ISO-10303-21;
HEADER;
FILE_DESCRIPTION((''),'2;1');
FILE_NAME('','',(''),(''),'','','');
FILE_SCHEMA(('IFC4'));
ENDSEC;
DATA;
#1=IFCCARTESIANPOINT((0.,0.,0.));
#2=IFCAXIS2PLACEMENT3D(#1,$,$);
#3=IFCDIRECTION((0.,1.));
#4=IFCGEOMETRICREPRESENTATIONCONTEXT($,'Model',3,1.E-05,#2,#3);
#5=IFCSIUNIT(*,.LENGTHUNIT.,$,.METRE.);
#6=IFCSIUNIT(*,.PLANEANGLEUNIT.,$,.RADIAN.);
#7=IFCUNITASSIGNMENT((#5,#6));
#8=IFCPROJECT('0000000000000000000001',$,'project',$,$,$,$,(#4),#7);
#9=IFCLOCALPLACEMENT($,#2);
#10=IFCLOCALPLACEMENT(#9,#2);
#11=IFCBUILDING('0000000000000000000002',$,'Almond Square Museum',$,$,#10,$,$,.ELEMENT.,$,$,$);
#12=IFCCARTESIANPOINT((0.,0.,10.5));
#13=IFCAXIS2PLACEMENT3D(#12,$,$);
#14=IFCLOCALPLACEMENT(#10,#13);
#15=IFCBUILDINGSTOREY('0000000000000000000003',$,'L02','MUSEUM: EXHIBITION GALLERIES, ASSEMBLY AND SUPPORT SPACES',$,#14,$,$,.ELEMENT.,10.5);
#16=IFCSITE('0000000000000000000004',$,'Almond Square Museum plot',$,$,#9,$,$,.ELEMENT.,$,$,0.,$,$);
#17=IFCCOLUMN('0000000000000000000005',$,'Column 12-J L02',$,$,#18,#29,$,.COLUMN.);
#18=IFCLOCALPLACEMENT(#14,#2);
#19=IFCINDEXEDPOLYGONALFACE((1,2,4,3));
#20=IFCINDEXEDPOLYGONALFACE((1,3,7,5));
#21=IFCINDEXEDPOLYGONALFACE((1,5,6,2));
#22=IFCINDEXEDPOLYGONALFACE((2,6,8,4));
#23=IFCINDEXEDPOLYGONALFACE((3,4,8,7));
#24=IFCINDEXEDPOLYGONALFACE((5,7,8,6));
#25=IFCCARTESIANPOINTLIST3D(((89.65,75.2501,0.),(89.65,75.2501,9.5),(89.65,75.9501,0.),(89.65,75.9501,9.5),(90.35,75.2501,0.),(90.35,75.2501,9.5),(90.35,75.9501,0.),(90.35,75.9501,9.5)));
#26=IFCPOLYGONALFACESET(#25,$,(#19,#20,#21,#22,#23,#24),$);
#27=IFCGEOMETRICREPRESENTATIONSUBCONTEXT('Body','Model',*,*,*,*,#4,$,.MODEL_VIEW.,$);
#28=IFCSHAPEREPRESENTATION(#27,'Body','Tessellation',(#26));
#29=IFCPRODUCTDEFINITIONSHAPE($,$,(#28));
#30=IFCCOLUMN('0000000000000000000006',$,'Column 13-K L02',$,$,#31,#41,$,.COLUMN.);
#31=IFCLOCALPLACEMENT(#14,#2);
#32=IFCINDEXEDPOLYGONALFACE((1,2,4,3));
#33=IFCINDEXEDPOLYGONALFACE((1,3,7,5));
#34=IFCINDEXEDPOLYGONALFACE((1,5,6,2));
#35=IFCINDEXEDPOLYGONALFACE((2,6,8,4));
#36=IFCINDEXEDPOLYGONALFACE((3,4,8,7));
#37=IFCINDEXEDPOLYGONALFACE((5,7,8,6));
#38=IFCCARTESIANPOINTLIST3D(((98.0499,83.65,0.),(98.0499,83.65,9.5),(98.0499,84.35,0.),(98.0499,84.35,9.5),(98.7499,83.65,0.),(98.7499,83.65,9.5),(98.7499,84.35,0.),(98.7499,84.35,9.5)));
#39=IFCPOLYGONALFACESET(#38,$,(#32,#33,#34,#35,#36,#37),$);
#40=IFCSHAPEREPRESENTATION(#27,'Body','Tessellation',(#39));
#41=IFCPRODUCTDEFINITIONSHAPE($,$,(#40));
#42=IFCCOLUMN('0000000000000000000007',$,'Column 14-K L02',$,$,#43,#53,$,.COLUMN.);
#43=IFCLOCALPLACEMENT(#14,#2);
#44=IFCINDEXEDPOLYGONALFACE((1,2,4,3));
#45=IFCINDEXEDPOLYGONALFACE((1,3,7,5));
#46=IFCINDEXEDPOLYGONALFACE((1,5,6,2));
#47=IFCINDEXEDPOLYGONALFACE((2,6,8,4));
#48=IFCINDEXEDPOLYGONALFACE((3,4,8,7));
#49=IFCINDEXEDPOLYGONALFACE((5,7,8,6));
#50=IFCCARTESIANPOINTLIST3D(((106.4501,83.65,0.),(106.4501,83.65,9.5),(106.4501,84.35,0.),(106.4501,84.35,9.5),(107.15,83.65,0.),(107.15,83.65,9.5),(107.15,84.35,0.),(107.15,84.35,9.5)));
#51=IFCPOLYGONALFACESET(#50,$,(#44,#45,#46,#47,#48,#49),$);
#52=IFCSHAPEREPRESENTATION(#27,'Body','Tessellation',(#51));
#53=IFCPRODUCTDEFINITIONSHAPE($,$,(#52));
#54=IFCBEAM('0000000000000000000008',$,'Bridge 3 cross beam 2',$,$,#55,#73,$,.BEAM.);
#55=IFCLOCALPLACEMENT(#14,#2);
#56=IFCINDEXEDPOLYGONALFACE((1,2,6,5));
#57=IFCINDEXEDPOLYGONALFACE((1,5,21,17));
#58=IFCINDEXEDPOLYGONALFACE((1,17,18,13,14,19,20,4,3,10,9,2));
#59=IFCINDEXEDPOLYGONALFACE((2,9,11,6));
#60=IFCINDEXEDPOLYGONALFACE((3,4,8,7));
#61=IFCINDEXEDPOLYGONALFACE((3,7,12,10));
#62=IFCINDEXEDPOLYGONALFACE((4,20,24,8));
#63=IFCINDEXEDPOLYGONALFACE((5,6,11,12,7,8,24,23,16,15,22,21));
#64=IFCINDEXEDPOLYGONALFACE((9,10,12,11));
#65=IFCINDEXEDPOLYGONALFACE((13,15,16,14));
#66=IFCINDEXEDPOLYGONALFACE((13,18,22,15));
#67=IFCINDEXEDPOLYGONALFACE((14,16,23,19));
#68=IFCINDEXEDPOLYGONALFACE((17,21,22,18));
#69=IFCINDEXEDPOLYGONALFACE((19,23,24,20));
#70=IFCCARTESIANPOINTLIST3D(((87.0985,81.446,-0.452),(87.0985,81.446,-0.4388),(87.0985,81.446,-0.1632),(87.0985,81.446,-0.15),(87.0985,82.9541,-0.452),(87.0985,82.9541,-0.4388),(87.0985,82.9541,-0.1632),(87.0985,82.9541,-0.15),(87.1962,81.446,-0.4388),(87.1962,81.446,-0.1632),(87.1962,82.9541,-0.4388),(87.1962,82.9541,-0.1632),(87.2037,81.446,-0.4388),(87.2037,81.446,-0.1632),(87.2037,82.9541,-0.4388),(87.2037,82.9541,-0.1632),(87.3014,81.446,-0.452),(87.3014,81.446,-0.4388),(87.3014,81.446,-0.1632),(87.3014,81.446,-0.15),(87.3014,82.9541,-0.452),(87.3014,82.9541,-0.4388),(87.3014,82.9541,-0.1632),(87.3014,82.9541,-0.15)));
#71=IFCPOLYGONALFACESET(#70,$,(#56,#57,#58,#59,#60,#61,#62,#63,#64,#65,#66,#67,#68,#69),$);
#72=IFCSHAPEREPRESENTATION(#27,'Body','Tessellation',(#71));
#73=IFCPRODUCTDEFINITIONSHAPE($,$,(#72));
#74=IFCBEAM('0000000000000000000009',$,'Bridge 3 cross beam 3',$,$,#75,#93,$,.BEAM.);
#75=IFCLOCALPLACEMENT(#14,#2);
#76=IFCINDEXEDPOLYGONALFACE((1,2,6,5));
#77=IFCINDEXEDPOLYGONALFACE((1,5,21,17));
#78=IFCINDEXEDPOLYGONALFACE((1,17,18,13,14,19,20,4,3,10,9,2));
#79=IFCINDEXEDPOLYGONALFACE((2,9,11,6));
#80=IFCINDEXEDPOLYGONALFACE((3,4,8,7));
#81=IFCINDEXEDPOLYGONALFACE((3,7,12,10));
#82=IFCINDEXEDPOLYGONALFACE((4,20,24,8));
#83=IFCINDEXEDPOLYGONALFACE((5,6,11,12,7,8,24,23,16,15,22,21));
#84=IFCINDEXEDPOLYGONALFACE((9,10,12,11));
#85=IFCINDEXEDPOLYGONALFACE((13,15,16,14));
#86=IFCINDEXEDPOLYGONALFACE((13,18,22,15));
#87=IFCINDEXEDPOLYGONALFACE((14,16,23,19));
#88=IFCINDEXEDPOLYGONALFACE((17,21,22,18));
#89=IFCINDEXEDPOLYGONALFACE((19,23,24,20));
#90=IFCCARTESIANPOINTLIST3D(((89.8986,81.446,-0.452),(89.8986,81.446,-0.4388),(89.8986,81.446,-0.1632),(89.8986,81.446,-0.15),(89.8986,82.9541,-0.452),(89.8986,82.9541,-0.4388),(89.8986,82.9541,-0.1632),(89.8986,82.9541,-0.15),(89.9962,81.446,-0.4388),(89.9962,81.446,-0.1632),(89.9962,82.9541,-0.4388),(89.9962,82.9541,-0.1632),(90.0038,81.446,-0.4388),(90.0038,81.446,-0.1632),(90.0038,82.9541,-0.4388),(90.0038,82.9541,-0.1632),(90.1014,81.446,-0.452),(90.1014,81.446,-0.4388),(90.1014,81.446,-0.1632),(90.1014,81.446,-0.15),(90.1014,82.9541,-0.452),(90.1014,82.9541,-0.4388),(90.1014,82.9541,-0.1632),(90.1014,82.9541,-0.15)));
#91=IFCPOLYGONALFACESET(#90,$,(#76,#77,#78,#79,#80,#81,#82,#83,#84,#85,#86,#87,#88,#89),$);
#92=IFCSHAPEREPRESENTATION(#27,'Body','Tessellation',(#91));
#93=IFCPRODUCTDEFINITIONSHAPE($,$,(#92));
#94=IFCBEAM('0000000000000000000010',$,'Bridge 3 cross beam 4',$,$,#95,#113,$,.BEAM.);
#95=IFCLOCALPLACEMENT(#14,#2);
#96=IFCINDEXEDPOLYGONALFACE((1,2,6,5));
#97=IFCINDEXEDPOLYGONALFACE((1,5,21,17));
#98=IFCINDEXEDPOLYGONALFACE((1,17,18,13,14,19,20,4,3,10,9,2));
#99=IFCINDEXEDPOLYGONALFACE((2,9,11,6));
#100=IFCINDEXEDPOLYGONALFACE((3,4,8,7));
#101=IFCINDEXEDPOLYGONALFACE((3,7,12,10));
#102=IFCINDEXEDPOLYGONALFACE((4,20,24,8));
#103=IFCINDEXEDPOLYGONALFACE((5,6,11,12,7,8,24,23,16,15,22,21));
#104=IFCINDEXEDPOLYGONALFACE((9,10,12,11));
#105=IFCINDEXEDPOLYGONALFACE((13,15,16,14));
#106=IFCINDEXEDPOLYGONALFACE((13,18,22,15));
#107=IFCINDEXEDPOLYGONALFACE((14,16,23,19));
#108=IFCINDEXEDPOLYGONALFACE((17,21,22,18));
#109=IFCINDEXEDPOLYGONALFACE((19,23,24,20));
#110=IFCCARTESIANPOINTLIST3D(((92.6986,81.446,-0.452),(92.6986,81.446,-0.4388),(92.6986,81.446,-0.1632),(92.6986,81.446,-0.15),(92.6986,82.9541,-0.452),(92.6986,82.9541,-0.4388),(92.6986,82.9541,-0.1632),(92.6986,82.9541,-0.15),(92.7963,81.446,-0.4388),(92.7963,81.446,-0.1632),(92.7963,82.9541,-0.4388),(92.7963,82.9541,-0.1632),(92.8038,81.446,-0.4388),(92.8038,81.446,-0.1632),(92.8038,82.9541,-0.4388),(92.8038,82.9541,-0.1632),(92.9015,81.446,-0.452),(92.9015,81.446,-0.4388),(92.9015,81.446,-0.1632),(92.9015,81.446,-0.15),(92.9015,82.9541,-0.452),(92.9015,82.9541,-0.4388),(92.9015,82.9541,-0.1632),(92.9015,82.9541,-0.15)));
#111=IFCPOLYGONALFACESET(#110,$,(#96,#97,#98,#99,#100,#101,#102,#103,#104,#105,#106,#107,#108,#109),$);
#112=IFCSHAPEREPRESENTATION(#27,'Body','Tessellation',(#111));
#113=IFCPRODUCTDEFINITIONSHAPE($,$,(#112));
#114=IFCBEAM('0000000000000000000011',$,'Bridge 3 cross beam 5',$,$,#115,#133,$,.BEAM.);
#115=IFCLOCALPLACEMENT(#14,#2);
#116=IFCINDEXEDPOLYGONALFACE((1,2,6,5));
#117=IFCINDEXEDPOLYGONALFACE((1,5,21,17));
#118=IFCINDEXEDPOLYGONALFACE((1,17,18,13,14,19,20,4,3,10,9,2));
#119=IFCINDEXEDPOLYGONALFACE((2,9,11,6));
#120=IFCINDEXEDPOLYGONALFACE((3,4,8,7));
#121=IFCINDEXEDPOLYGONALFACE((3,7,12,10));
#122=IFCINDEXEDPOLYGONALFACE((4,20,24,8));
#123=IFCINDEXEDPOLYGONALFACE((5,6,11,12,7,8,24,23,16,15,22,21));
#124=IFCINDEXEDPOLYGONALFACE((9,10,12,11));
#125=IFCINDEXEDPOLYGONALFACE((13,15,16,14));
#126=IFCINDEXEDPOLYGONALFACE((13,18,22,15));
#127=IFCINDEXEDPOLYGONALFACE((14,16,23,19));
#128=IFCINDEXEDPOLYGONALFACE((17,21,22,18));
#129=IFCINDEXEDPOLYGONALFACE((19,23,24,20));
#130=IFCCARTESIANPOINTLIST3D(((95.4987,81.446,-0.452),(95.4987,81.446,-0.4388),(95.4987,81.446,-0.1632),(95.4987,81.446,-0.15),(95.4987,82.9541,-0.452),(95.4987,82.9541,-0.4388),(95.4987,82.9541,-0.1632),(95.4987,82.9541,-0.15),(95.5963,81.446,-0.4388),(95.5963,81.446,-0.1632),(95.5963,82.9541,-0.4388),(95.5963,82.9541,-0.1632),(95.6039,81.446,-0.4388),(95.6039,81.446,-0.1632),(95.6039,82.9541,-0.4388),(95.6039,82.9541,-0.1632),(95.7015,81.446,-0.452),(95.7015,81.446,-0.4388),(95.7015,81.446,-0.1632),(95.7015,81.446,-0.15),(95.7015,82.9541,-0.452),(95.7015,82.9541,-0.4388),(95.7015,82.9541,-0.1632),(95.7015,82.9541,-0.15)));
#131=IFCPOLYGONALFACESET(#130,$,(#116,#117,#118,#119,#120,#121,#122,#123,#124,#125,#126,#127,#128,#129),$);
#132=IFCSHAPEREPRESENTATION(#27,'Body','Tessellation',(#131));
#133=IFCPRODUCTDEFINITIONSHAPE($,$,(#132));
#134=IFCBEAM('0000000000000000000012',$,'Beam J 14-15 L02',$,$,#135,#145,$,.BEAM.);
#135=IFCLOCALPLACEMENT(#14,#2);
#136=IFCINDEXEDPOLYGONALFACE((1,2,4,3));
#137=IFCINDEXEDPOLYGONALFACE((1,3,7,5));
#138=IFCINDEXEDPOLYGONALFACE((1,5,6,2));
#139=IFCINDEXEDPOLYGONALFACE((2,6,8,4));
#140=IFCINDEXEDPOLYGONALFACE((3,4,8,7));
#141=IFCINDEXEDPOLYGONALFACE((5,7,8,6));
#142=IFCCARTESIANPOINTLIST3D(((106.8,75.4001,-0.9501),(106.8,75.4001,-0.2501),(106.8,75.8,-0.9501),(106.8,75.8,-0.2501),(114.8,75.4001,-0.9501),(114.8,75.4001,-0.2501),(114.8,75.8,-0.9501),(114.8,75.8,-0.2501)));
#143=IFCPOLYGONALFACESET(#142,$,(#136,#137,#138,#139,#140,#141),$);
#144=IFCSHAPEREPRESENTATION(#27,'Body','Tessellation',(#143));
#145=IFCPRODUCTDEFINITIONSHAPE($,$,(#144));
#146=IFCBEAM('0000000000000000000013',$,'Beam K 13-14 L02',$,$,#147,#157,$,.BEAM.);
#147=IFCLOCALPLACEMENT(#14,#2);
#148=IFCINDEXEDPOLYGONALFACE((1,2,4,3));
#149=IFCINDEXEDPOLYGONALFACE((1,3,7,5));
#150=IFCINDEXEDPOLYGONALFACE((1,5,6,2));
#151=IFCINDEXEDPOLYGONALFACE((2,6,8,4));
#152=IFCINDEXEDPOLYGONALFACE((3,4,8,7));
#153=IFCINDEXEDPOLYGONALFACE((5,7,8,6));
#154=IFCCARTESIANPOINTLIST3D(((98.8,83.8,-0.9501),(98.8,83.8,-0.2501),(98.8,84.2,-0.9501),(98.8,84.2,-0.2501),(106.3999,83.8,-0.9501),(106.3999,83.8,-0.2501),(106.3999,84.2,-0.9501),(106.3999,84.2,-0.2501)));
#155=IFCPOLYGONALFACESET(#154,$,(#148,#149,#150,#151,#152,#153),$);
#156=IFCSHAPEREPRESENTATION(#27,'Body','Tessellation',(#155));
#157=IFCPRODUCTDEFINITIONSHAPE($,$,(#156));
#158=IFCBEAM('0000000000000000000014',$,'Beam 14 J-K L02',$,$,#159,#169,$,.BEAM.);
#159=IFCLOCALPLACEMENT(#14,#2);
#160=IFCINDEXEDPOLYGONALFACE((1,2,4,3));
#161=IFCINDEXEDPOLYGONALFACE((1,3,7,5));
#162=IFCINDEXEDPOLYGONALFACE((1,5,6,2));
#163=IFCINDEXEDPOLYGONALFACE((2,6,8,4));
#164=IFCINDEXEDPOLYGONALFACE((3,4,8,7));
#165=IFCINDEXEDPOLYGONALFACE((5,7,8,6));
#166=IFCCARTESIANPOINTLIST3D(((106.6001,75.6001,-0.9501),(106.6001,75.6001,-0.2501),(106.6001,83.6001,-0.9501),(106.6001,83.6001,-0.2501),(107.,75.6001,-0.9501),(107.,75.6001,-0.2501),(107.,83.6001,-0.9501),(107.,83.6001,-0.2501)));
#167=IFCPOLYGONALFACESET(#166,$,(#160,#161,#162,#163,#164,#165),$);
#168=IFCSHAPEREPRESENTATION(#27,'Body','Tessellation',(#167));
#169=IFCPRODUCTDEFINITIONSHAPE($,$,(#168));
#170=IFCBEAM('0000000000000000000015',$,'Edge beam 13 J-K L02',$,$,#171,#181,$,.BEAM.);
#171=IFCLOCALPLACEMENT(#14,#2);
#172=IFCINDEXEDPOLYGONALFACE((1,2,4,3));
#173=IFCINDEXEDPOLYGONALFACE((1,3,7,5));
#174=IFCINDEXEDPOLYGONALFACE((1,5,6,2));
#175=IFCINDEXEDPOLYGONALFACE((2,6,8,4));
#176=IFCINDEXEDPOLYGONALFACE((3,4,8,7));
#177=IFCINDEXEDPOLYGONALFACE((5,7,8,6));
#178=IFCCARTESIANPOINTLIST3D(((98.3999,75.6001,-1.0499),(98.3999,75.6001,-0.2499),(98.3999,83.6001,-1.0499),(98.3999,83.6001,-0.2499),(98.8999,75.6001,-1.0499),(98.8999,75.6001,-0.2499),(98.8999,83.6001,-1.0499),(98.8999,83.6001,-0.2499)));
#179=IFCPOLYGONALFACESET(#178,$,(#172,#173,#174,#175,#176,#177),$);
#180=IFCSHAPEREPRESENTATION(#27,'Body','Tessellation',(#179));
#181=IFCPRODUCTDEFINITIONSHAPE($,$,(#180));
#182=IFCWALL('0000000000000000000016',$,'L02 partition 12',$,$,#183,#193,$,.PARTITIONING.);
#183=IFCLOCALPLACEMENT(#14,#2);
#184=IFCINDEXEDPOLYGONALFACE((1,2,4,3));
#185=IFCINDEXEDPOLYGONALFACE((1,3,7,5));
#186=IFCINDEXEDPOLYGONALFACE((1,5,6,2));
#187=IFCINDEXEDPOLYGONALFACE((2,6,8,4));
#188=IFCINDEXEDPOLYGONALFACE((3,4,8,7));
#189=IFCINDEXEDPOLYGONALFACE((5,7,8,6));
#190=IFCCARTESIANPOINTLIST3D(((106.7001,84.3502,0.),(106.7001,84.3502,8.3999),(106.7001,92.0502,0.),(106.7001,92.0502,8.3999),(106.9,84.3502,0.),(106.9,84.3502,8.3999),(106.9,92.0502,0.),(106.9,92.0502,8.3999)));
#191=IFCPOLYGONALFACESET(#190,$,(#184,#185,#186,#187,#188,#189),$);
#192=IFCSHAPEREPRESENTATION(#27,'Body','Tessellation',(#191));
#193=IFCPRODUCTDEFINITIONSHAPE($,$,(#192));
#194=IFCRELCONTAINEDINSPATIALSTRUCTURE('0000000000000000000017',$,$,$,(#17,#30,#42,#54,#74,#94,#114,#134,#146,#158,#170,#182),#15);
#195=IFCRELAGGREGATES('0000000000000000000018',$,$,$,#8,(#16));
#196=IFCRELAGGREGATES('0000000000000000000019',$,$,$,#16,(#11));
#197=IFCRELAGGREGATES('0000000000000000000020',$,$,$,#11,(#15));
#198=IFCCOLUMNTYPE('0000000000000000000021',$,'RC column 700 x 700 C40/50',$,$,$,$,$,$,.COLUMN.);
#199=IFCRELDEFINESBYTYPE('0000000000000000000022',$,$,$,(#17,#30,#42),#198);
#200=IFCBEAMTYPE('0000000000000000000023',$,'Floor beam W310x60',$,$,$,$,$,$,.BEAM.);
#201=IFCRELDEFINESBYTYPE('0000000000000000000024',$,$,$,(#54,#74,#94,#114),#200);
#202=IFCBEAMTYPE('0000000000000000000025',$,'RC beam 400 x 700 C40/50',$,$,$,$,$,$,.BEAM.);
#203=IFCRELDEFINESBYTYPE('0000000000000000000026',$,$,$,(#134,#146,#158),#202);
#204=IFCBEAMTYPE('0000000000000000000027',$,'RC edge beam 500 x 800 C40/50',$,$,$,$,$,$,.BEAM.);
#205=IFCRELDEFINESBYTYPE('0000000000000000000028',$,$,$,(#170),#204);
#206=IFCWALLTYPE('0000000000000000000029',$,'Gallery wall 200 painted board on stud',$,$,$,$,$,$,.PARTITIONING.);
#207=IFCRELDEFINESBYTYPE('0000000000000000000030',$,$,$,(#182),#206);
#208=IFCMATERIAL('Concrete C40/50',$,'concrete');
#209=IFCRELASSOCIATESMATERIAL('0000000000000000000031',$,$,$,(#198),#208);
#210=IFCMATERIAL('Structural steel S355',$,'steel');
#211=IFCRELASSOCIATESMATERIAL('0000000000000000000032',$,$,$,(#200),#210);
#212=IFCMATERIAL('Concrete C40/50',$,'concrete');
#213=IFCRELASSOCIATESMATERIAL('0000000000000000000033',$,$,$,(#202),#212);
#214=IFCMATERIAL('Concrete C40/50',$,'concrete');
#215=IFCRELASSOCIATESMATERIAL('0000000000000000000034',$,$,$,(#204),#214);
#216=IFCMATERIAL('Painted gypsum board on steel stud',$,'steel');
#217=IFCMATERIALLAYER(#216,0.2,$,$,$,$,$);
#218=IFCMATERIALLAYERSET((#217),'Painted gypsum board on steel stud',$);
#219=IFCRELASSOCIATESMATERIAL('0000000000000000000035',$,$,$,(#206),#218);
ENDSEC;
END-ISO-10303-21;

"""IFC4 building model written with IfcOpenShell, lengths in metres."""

from ifc_helpers import new_model, si_unit, direction, frame, frame_2d, origin, origin_2d, place, context, subcontext, project, spatial, rectangle, i_section, extrude, material, layer, layer_set, material_profile, profile_set, type_object, element, save


model = new_model("IFC4")

# Units and contexts
model_context = context("Model", 3, precision=1e-05, world=origin(), true_north=direction((0.0, 1.0)))
body_context = subcontext(model_context, "Body", "Model", "MODEL_VIEW")
ifc_project = project(units=[si_unit("LENGTHUNIT", "METRE"), si_unit("PLANEANGLEUNIT", "RADIAN")], contexts=[model_context])

# Site, building, storey
site_placement = place(None, origin())
site = spatial("IfcSite", under=ifc_project, at=site_placement, Name="Almond Square Museum plot", CompositionType="ELEMENT", RefElevation=0.0)
building_placement = place(site_placement, origin())
building = spatial("IfcBuilding", under=site, at=building_placement, Name="Almond Square Museum", CompositionType="ELEMENT")
storey_placement = place(building_placement, frame((0.0, 0.0, 10.5)))
storey = spatial("IfcBuildingStorey", under=building, at=storey_placement, Name="L02", Description="MUSEUM: EXHIBITION GALLERIES, ASSEMBLY AND SUPPORT SPACES", CompositionType="ELEMENT", Elevation=10.5)

# Columns
ifc_material_1 = material(Name="Concrete C40/50", Category="concrete")
ifc_material_profile_1 = material_profile(ifc_material_1, rectangle(XDim=0.7, YDim=0.7, at=origin_2d()))
ifc_profile_set_1 = profile_set([ifc_material_profile_1], Name="Concrete C40/50")
column_type = type_object("IfcColumnType", Name="RC column 700 x 700 C40/50", PredefinedType="COLUMN", material=ifc_profile_set_1)
for number, where, z_axis, x_axis, name in (
    (1, (90.0, 75.6001, 0.0), (0.0, 0.0, 1.0), (1.0, 0.0, 0.0), "Column 12-J L02"),
    (2, (98.3999, 84.0, 0.0), (0.0, 0.0, 1.0), (1.0, 0.0, 0.0), "Column 13-K L02"),
    (3, (106.8, 84.0, 0.0), (0.0, 0.0, 1.0), (1.0, 0.0, 0.0), "Column 14-K L02"),
):
    element("IfcColumn", number, at=place(storey_placement, frame(where, z_axis=z_axis, x_axis=x_axis)), inside=storey, type_object=column_type, Name=name, PredefinedType="COLUMN", context=body_context, shape_type="SweptSolid", body=[
        extrude(rectangle(XDim=0.7, YDim=0.7, at=origin_2d()), origin(), (0.0, 0.0, 1.0), 9.5),
    ])

# Beams
ifc_material_2 = material(Name="Structural steel S355", Category="steel")
ifc_material_profile_2 = material_profile(ifc_material_2, i_section(OverallWidth=0.2029, OverallDepth=0.302, WebThickness=0.0076, FlangeThickness=0.0132, at=origin_2d()))
ifc_profile_set_2 = profile_set([ifc_material_profile_2], Name="Structural steel S355")
beam_type_1 = type_object("IfcBeamType", Name="Floor beam W310x60", PredefinedType="BEAM", material=ifc_profile_set_2)
for number, where, z_axis, x_axis, name in (
    (4, (87.2, 81.446, -0.301), (0.0, 1.0, 0.0), (-1.0, 0.0, 0.0), "Bridge 3 cross beam 2"),
    (5, (90.0, 81.446, -0.301), (0.0, 1.0, 0.0), (-1.0, 0.0, 0.0), "Bridge 3 cross beam 3"),
    (6, (92.8, 81.446, -0.301), (0.0, 1.0, 0.0), (-1.0, 0.0, 0.0), "Bridge 3 cross beam 4"),
    (7, (95.6001, 81.446, -0.301), (0.0, 1.0, 0.0), (-1.0, 0.0, 0.0), "Bridge 3 cross beam 5"),
):
    element("IfcBeam", number, at=place(storey_placement, frame(where, z_axis=z_axis, x_axis=x_axis)), inside=storey, type_object=beam_type_1, Name=name, PredefinedType="BEAM", context=body_context, shape_type="SweptSolid", body=[
        extrude(i_section(OverallWidth=0.2029, OverallDepth=0.302, WebThickness=0.0076, FlangeThickness=0.0132, at=origin_2d()), origin(), (0.0, 0.0, 1.0), 1.5081),
    ])
ifc_material_3 = material(Name="Concrete C40/50", Category="concrete")
ifc_material_profile_3 = material_profile(ifc_material_3, rectangle(XDim=0.3999, YDim=0.7, at=origin_2d()))
ifc_profile_set_3 = profile_set([ifc_material_profile_3], Name="Concrete C40/50")
beam_type_2 = type_object("IfcBeamType", Name="RC beam 400 x 700 C40/50", PredefinedType="BEAM", material=ifc_profile_set_3)
beam_1_placement = place(storey_placement, frame((106.8, 75.6001, -0.6001), z_axis=(1.0, 0.0, 0.0), x_axis=(0.0, 1.0, 0.0)))
element("IfcBeam", 8, at=beam_1_placement, inside=storey, type_object=beam_type_2, Name="Beam J 14-15 L02", PredefinedType="BEAM", context=body_context, shape_type="SweptSolid", body=[
    extrude(rectangle(XDim=0.3999, YDim=0.7, at=origin_2d()), origin(), (0.0, 0.0, 1.0), 8.0),
])
beam_2_placement = place(storey_placement, frame((98.8, 84.0, -0.6001), z_axis=(1.0, 0.0, 0.0), x_axis=(0.0, 1.0, 0.0)))
element("IfcBeam", 9, at=beam_2_placement, inside=storey, type_object=beam_type_2, Name="Beam K 13-14 L02", PredefinedType="BEAM", context=body_context, shape_type="SweptSolid", body=[
    extrude(rectangle(XDim=0.3999, YDim=0.7, at=origin_2d()), origin(), (0.0, 0.0, 1.0), 7.5999),
])
beam_3_placement = place(storey_placement, frame((106.8, 75.6001, -0.6001), z_axis=(0.0, 1.0, 0.0), x_axis=(-1.0, 0.0, 0.0)))
element("IfcBeam", 10, at=beam_3_placement, inside=storey, type_object=beam_type_2, Name="Beam 14 J-K L02", PredefinedType="BEAM", context=body_context, shape_type="SweptSolid", body=[
    extrude(rectangle(XDim=0.3999, YDim=0.7, at=origin_2d()), origin(), (0.0, 0.0, 1.0), 8.0),
])
ifc_material_4 = material(Name="Concrete C40/50", Category="concrete")
ifc_material_profile_4 = material_profile(ifc_material_4, rectangle(XDim=0.5, YDim=0.8, at=origin_2d()))
ifc_profile_set_4 = profile_set([ifc_material_profile_4], Name="Concrete C40/50")
beam_type_3 = type_object("IfcBeamType", Name="RC edge beam 500 x 800 C40/50", PredefinedType="BEAM", material=ifc_profile_set_4)
beam_4_placement = place(storey_placement, frame((98.6499, 75.6001, -0.6499), z_axis=(0.0, 1.0, 0.0), x_axis=(-1.0, 0.0, 0.0)))
element("IfcBeam", 11, at=beam_4_placement, inside=storey, type_object=beam_type_3, Name="Edge beam 13 J-K L02", PredefinedType="BEAM", context=body_context, shape_type="SweptSolid", body=[
    extrude(rectangle(XDim=0.5, YDim=0.8, at=origin_2d()), origin(), (0.0, 0.0, 1.0), 8.0),
])

# Shared definitions
ifc_material_5 = material(Name="Painted gypsum board on steel stud", Category="steel")
ifc_layer_1 = layer(ifc_material_5, 0.2)
ifc_layer_set_1 = layer_set([ifc_layer_1], Name="Painted gypsum board on steel stud")
wall_type_1 = type_object("IfcWallType", Name="Gallery wall 200 painted board on stud", PredefinedType="PARTITIONING", material=ifc_layer_set_1)

# Wall
wall_1_placement = place(storey_placement, frame((106.8, 84.3501, 0.0), z_axis=(0.0, 0.0, 1.0), x_axis=(0.0, 1.0, 0.0)))
element("IfcWall", 12, at=wall_1_placement, inside=storey, type_object=wall_type_1, Name="L02 partition 12", PredefinedType="PARTITIONING", context=body_context, shape_type="SweptSolid", body=[
    extrude(rectangle(XDim=7.7, YDim=0.2, at=frame_2d((3.8501, 0.0))), origin(), (0.0, 0.0, 1.0), 8.3999),
])

save(model, "model.ifc")
